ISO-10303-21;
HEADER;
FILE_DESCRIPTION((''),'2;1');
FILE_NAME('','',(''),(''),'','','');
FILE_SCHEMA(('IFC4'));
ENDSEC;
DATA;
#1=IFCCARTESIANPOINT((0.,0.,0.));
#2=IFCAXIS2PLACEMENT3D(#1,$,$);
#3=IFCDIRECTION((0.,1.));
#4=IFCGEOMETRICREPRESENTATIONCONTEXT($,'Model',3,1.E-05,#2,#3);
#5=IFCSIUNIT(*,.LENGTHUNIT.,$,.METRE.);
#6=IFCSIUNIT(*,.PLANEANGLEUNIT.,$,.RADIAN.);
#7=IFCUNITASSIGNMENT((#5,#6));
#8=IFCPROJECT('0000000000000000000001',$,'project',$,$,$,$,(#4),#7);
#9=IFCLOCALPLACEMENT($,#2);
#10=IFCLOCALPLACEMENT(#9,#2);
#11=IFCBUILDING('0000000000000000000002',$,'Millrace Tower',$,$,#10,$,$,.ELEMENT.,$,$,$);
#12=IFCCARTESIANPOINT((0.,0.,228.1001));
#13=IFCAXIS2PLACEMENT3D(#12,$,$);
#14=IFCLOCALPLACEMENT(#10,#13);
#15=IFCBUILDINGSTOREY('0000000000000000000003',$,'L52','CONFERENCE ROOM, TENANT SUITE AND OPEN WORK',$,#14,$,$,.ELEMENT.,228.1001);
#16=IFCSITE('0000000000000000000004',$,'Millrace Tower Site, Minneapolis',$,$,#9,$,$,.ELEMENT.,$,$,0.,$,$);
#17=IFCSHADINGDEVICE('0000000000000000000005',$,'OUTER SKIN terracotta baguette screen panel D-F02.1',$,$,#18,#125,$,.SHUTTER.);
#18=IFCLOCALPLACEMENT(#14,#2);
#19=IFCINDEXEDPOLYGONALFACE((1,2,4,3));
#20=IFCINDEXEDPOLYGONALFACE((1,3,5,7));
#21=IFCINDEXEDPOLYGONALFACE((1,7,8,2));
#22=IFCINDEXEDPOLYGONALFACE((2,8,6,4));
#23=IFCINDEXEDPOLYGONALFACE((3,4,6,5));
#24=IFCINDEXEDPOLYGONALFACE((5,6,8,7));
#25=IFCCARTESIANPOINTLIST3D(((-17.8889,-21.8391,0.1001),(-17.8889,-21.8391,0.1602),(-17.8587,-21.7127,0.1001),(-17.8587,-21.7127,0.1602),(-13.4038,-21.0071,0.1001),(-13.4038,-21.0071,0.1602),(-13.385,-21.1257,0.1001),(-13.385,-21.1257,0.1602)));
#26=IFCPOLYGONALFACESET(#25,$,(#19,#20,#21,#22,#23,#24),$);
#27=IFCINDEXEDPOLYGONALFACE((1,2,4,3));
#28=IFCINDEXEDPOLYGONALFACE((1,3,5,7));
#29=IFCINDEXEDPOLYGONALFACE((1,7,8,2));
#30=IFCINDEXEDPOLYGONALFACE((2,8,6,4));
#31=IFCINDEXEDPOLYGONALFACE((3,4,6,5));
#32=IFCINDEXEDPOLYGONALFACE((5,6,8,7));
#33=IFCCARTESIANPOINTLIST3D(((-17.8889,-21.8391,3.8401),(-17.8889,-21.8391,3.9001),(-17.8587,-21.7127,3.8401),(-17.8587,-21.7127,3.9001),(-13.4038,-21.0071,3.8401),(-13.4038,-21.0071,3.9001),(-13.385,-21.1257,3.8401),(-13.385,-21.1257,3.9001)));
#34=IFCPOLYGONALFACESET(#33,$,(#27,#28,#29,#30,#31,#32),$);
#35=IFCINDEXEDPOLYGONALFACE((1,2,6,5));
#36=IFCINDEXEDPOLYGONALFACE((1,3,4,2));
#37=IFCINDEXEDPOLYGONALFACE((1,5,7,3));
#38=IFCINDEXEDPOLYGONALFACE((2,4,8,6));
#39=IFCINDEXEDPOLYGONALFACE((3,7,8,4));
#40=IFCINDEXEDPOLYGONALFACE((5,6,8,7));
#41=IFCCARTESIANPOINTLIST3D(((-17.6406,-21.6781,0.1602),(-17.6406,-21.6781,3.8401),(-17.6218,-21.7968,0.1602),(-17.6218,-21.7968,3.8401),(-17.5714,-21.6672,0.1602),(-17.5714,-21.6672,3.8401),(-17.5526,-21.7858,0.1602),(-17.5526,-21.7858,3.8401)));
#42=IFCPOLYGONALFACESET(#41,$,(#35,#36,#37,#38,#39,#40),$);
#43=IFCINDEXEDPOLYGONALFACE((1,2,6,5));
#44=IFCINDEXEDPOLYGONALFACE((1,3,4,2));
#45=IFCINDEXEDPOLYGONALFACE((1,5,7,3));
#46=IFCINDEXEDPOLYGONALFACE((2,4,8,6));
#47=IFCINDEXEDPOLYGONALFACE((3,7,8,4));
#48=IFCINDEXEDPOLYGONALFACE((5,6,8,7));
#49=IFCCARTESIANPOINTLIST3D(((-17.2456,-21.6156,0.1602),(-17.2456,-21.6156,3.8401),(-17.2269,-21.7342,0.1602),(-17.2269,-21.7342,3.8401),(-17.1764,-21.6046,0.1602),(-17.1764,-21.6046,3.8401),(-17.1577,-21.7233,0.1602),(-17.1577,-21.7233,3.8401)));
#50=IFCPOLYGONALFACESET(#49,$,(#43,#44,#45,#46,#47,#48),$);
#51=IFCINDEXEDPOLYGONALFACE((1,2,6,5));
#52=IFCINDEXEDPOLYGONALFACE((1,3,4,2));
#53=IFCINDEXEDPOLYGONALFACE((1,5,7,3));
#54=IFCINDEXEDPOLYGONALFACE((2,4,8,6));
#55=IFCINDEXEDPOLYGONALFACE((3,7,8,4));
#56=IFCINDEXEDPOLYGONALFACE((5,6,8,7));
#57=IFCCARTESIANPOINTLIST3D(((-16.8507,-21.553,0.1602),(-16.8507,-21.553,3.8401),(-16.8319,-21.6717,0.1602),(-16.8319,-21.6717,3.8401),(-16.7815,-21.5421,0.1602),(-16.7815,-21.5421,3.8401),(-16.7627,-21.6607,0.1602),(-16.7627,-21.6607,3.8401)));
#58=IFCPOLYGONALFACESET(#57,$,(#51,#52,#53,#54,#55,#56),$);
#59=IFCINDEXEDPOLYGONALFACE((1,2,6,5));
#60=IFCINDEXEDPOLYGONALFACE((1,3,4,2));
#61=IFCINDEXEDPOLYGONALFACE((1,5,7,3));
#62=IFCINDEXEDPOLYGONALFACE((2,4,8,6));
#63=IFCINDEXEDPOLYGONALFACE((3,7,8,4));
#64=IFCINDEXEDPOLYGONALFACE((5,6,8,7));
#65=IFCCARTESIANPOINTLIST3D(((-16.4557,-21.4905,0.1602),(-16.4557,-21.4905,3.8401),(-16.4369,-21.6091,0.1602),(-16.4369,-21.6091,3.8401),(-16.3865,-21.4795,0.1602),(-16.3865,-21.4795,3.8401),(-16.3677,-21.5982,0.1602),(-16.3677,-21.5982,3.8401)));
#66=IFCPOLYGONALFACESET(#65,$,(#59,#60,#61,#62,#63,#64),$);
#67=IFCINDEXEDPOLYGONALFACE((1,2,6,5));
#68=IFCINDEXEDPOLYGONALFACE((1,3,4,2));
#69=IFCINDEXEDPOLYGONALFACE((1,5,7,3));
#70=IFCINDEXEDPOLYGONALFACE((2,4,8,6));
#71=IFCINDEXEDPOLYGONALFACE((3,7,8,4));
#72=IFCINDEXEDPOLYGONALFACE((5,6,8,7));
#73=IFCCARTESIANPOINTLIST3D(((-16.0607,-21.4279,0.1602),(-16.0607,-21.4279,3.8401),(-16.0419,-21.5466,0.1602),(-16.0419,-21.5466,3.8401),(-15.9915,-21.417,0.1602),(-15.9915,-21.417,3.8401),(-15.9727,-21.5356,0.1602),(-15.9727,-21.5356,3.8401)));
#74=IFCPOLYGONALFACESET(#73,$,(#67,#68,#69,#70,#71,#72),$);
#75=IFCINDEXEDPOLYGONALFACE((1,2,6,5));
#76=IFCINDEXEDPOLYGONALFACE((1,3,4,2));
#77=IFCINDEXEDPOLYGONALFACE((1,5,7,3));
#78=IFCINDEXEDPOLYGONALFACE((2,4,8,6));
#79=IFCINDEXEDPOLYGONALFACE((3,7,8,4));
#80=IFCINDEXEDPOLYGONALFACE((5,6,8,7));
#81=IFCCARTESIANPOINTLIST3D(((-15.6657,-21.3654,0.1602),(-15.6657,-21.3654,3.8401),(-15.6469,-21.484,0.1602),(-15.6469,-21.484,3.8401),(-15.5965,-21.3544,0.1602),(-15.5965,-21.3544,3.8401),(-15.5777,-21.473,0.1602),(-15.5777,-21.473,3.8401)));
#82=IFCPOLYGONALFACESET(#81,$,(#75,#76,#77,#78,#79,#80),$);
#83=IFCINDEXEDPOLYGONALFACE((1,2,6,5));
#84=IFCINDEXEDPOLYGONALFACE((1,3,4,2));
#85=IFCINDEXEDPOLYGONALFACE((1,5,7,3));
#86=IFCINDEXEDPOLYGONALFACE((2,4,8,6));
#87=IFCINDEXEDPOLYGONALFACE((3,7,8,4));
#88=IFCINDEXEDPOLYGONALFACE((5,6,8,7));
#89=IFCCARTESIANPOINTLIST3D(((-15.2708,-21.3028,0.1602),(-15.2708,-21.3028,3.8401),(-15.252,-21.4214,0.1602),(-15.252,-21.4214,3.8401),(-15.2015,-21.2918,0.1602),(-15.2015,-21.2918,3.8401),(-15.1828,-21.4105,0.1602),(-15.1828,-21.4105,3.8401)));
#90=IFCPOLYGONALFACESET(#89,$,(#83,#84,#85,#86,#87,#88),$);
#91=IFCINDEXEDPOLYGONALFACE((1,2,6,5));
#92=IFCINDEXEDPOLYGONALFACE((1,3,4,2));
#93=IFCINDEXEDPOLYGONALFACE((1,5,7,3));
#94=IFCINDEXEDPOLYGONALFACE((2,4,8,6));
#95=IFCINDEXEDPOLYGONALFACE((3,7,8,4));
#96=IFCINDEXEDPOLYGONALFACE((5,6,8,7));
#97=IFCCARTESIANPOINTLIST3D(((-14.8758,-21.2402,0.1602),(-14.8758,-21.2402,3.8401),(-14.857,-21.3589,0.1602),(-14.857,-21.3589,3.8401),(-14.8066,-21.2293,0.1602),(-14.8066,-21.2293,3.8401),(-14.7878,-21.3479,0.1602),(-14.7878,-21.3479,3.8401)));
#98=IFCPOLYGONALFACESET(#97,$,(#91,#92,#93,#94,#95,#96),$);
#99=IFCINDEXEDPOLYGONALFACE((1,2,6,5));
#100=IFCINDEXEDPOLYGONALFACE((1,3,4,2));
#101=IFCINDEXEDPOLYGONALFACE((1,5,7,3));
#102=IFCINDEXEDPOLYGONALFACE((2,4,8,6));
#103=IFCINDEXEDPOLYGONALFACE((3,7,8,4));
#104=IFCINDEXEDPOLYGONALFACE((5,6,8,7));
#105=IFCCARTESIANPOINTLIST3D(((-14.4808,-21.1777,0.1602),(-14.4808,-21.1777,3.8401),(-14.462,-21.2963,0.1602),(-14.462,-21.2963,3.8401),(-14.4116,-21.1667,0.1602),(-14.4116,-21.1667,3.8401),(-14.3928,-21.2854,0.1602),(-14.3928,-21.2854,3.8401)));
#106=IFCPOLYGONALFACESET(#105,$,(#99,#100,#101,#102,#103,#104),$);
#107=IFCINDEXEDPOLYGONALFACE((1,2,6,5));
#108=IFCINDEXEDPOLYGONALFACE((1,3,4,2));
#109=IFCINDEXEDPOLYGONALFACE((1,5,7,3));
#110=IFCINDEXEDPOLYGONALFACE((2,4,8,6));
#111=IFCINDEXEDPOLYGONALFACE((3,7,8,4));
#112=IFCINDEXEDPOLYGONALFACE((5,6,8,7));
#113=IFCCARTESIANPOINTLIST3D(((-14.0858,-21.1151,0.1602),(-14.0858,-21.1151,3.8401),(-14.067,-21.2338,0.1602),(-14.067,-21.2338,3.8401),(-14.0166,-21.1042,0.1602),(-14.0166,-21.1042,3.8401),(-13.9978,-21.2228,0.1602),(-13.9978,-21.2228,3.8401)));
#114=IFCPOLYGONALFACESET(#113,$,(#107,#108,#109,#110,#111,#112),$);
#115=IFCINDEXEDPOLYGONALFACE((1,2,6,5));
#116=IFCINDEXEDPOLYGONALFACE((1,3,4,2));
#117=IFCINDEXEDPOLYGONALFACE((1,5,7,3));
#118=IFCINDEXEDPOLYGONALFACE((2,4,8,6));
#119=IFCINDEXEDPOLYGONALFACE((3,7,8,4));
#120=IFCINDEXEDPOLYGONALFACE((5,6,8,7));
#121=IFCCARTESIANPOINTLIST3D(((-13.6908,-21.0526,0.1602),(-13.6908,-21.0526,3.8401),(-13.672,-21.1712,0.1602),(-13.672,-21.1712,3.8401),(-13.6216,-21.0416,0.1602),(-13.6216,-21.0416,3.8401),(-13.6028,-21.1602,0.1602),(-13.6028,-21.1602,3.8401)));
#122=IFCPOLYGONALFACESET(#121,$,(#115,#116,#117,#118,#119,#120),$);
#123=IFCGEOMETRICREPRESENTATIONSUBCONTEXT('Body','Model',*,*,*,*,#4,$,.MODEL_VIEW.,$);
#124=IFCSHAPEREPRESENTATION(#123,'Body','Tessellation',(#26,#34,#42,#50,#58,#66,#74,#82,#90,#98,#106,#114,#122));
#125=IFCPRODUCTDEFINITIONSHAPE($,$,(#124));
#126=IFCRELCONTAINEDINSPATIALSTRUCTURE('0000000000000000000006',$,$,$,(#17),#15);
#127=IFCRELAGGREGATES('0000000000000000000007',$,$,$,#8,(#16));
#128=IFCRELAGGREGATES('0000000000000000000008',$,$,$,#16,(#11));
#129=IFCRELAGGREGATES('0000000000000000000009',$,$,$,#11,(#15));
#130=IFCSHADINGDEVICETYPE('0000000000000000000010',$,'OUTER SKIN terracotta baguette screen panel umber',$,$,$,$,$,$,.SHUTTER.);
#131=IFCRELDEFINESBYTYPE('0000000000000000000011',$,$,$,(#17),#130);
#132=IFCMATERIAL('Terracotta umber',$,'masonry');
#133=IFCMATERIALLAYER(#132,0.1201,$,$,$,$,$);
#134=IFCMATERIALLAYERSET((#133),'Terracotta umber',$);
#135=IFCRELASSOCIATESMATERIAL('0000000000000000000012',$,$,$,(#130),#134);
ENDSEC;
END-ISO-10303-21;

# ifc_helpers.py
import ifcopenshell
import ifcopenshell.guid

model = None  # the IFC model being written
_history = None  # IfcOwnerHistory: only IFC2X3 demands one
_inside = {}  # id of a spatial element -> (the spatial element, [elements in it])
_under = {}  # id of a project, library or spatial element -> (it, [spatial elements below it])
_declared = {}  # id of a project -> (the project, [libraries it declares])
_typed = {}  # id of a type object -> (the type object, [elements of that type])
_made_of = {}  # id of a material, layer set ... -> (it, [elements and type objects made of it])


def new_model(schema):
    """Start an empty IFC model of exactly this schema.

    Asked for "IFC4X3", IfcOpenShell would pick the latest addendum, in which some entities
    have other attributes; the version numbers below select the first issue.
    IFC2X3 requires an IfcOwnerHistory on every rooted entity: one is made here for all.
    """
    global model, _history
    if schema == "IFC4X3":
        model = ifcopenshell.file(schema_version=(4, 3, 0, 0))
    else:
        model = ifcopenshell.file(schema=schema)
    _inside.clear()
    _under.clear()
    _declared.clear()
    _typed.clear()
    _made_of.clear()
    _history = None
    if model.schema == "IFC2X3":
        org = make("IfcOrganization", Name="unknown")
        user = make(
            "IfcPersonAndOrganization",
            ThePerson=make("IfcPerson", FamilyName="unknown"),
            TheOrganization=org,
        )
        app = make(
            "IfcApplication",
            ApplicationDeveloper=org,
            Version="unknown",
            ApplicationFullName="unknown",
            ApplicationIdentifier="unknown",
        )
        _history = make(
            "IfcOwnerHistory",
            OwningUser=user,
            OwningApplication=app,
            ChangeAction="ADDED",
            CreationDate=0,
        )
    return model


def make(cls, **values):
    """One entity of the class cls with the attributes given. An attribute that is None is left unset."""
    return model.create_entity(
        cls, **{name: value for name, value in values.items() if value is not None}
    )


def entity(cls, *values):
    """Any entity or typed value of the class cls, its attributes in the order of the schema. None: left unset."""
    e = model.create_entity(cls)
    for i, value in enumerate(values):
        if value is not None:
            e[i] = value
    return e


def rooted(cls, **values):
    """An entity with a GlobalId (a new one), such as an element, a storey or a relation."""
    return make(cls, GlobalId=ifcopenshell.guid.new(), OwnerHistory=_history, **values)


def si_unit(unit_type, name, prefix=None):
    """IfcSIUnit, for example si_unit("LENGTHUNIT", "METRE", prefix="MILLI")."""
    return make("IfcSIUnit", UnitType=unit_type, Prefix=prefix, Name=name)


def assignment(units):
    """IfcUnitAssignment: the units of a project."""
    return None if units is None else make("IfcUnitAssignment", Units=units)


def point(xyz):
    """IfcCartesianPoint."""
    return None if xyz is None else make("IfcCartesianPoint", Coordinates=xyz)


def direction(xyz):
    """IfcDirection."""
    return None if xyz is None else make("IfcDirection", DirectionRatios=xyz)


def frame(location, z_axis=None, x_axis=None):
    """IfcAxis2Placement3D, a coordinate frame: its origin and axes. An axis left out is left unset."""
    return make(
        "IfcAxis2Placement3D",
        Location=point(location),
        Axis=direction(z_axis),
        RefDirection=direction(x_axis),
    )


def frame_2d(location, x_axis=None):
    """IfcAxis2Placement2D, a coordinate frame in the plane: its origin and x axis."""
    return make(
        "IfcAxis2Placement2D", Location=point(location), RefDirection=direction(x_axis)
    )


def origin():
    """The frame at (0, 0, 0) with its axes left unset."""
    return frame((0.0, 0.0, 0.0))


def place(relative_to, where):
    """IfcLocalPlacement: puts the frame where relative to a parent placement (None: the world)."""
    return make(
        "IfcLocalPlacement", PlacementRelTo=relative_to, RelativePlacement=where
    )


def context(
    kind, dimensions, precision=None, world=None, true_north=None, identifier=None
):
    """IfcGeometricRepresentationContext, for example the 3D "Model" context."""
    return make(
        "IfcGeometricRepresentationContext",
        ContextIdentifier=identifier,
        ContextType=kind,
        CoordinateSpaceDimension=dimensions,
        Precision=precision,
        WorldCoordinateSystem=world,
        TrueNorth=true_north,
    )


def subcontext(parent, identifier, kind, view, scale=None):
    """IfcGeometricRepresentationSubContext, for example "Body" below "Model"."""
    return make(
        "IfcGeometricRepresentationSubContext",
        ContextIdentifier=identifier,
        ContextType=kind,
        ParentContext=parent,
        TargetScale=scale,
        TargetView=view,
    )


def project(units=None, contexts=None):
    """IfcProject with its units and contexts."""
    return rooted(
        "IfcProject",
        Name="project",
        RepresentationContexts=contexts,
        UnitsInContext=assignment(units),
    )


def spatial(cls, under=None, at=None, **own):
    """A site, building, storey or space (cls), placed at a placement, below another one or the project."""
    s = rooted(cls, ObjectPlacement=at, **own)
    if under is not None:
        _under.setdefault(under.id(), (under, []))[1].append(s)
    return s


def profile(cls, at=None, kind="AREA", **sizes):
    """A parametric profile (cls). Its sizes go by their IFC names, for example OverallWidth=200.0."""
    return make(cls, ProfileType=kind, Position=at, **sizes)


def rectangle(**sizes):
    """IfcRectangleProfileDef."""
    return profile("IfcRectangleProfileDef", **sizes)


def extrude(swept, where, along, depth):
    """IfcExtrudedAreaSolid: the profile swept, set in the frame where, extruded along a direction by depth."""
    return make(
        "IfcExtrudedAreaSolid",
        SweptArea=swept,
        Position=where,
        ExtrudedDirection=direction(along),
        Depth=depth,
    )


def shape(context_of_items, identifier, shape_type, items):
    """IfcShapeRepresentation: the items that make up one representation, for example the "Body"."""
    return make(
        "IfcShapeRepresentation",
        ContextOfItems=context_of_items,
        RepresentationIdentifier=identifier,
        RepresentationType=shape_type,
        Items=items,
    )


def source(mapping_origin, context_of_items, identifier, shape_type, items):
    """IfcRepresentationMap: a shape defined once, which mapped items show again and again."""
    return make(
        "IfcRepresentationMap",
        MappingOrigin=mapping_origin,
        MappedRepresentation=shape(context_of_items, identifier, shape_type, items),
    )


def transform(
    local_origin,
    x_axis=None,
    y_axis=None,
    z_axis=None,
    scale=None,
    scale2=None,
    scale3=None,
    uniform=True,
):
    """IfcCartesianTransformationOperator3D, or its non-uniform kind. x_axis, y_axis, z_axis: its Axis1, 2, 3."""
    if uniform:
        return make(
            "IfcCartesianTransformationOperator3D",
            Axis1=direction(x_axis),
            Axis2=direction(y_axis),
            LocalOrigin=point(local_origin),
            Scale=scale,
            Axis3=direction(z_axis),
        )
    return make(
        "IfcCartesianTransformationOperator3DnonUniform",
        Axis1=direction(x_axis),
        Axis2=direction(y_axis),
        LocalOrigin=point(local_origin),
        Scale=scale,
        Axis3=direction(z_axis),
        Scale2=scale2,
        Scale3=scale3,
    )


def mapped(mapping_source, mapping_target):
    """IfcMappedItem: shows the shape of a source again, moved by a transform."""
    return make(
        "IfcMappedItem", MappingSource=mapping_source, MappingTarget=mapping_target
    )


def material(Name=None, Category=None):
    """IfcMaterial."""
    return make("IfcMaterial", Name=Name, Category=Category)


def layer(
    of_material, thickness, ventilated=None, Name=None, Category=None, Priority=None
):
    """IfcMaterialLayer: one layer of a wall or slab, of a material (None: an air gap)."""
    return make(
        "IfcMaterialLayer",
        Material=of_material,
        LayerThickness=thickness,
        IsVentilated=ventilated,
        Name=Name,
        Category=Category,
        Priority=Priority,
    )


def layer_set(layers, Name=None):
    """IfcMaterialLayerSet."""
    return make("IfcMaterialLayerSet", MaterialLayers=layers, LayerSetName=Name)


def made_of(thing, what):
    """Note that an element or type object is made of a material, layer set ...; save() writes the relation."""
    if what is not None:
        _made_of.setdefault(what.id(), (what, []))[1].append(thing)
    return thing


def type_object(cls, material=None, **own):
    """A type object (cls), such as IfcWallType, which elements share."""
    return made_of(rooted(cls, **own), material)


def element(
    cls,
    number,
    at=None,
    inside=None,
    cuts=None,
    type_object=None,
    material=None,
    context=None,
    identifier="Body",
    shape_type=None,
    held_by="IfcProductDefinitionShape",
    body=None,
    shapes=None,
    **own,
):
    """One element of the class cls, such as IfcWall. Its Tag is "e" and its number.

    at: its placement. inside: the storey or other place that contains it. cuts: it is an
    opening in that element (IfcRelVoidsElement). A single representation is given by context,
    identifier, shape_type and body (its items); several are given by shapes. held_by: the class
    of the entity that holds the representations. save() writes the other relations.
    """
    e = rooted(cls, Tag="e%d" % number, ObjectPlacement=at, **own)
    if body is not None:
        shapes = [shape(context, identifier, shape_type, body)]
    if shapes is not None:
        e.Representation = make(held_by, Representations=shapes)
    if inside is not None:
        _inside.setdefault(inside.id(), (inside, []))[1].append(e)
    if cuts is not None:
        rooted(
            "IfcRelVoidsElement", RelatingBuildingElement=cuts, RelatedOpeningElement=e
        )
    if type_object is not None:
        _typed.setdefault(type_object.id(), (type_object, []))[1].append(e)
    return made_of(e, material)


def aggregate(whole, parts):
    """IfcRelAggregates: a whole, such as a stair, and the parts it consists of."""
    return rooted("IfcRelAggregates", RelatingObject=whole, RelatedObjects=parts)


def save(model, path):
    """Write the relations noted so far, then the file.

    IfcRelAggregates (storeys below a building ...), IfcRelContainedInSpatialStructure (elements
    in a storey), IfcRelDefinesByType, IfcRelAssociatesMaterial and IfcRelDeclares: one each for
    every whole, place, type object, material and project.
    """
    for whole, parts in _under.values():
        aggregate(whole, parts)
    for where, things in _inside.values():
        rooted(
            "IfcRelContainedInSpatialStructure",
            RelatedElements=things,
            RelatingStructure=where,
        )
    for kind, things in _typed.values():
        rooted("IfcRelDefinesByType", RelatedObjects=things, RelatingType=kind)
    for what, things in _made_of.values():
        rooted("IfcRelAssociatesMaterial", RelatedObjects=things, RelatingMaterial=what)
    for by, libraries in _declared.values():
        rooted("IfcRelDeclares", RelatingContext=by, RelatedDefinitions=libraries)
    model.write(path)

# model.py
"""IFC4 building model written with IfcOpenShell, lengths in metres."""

from ifc_helpers import new_model, entity, si_unit, direction, frame, frame_2d, origin, place, context, subcontext, project, spatial, rectangle, extrude, source, transform, mapped, material, layer, layer_set, type_object, element, save


model = new_model("IFC4")

# Units and contexts
model_context = context("Model", 3, precision=1e-05, world=origin(), true_north=direction((0.0, 1.0)))
body_context = subcontext(model_context, "Body", "Model", "MODEL_VIEW")
ifc_project = project(units=[si_unit("LENGTHUNIT", "METRE"), si_unit("PLANEANGLEUNIT", "RADIAN")], contexts=[model_context])

# Site, building, storey
site_placement = place(None, origin())
site = spatial("IfcSite", under=ifc_project, at=site_placement, Name="Millrace Tower Site, Minneapolis", CompositionType="ELEMENT", RefElevation=0.0)
building_placement = place(site_placement, origin())
building = spatial("IfcBuilding", under=site, at=building_placement, Name="Millrace Tower", CompositionType="ELEMENT")
storey_placement = place(building_placement, frame((0.0, 0.0, 228.1001)))
storey = spatial("IfcBuildingStorey", under=building, at=storey_placement, Name="L52", Description="CONFERENCE ROOM, TENANT SUITE AND OPEN WORK", CompositionType="ELEMENT", Elevation=228.1001)

# Shading device
ifc_material_1 = material(Name="Terracotta umber", Category="masonry")
ifc_layer_1 = layer(ifc_material_1, 0.1201)
ifc_layer_set_1 = layer_set([ifc_layer_1], Name="Terracotta umber")
shading_device_type = type_object("IfcShadingDeviceType", Name="OUTER SKIN terracotta baguette screen panel umber", PredefinedType="SHUTTER", material=ifc_layer_set_1)
cartesian_point_1 = entity("IfcCartesianPoint", [-2.2429, 0.0601])
shared_polyline_1 = entity("IfcPolyline", [cartesian_point_1, entity("IfcCartesianPoint", [2.2676, 0.0601]), entity("IfcCartesianPoint", [2.2676, -0.0601]), entity("IfcCartesianPoint", [-2.2925, -0.0601]), cartesian_point_1])
shared_shape_1 = source(origin(), body_context, "Body", "SweptSolid", [
    entity("IfcExtrudedAreaSolid", entity("IfcArbitraryClosedProfileDef", "AREA", None, shared_polyline_1), entity("IfcAxis2Placement3D", entity("IfcCartesianPoint", [0.0, 0.0, 0.0])), entity("IfcDirection", [0.0, 0.0, 1.0]), 0.0601),
    entity("IfcExtrudedAreaSolid", entity("IfcArbitraryClosedProfileDef", "AREA", None, shared_polyline_1), entity("IfcAxis2Placement3D", entity("IfcCartesianPoint", [0.0, 0.0, 3.74])), entity("IfcDirection", [0.0, 0.0, 1.0]), 0.0601),
    extrude(rectangle(XDim=0.0701, YDim=0.1201, at=frame_2d((-1.9871, 0.0))), frame((0.0, 0.0, 0.0601)), (0.0, 0.0, 1.0), 3.6799),
    extrude(rectangle(XDim=0.0701, YDim=0.1201, at=frame_2d((-1.5872, 0.0))), frame((0.0, 0.0, 0.0601)), (0.0, 0.0, 1.0), 3.6799),
    extrude(rectangle(XDim=0.0701, YDim=0.1201, at=frame_2d((-1.1873, 0.0))), frame((0.0, 0.0, 0.0601)), (0.0, 0.0, 1.0), 3.6799),
    extrude(rectangle(XDim=0.0701, YDim=0.1201, at=frame_2d((-0.7874, 0.0))), frame((0.0, 0.0, 0.0601)), (0.0, 0.0, 1.0), 3.6799),
    extrude(rectangle(XDim=0.0701, YDim=0.1201, at=frame_2d((-0.3875, 0.0))), frame((0.0, 0.0, 0.0601)), (0.0, 0.0, 1.0), 3.6799),
    extrude(rectangle(XDim=0.0701, YDim=0.1201, at=frame_2d((0.0125, 0.0))), frame((0.0, 0.0, 0.0601)), (0.0, 0.0, 1.0), 3.6799),
    extrude(rectangle(XDim=0.0701, YDim=0.1201, at=frame_2d((0.4124, 0.0))), frame((0.0, 0.0, 0.0601)), (0.0, 0.0, 1.0), 3.6799),
    extrude(rectangle(XDim=0.0701, YDim=0.1201, at=frame_2d((0.8123, 0.0))), frame((0.0, 0.0, 0.0601)), (0.0, 0.0, 1.0), 3.6799),
    extrude(rectangle(XDim=0.0701, YDim=0.1201, at=frame_2d((1.2122, 0.0))), frame((0.0, 0.0, 0.0601)), (0.0, 0.0, 1.0), 3.6799),
    extrude(rectangle(XDim=0.0701, YDim=0.1201, at=frame_2d((1.6121, 0.0))), frame((0.0, 0.0, 0.0601)), (0.0, 0.0, 1.0), 3.6799),
    extrude(rectangle(XDim=0.0701, YDim=0.1201, at=frame_2d((2.012, 0.0))), frame((0.0, 0.0, 0.0601)), (0.0, 0.0, 1.0), 3.6799),
])
shading_device_1_placement = place(storey_placement, frame((-15.634, -21.4211, 0.1001), z_axis=(0.0, 0.0, 1.0), x_axis=(0.987688, 0.156434, 0.0)))
element("IfcShadingDevice", 1, at=shading_device_1_placement, inside=storey, type_object=shading_device_type, Name="OUTER SKIN terracotta baguette screen panel D-F02.1", PredefinedType="SHUTTER", context=body_context, shape_type="MappedRepresentation", body=[
    mapped(shared_shape_1, transform((0.0, 0.0, 0.0), scale=1.0)),
])

save(model, "model.ifc")
